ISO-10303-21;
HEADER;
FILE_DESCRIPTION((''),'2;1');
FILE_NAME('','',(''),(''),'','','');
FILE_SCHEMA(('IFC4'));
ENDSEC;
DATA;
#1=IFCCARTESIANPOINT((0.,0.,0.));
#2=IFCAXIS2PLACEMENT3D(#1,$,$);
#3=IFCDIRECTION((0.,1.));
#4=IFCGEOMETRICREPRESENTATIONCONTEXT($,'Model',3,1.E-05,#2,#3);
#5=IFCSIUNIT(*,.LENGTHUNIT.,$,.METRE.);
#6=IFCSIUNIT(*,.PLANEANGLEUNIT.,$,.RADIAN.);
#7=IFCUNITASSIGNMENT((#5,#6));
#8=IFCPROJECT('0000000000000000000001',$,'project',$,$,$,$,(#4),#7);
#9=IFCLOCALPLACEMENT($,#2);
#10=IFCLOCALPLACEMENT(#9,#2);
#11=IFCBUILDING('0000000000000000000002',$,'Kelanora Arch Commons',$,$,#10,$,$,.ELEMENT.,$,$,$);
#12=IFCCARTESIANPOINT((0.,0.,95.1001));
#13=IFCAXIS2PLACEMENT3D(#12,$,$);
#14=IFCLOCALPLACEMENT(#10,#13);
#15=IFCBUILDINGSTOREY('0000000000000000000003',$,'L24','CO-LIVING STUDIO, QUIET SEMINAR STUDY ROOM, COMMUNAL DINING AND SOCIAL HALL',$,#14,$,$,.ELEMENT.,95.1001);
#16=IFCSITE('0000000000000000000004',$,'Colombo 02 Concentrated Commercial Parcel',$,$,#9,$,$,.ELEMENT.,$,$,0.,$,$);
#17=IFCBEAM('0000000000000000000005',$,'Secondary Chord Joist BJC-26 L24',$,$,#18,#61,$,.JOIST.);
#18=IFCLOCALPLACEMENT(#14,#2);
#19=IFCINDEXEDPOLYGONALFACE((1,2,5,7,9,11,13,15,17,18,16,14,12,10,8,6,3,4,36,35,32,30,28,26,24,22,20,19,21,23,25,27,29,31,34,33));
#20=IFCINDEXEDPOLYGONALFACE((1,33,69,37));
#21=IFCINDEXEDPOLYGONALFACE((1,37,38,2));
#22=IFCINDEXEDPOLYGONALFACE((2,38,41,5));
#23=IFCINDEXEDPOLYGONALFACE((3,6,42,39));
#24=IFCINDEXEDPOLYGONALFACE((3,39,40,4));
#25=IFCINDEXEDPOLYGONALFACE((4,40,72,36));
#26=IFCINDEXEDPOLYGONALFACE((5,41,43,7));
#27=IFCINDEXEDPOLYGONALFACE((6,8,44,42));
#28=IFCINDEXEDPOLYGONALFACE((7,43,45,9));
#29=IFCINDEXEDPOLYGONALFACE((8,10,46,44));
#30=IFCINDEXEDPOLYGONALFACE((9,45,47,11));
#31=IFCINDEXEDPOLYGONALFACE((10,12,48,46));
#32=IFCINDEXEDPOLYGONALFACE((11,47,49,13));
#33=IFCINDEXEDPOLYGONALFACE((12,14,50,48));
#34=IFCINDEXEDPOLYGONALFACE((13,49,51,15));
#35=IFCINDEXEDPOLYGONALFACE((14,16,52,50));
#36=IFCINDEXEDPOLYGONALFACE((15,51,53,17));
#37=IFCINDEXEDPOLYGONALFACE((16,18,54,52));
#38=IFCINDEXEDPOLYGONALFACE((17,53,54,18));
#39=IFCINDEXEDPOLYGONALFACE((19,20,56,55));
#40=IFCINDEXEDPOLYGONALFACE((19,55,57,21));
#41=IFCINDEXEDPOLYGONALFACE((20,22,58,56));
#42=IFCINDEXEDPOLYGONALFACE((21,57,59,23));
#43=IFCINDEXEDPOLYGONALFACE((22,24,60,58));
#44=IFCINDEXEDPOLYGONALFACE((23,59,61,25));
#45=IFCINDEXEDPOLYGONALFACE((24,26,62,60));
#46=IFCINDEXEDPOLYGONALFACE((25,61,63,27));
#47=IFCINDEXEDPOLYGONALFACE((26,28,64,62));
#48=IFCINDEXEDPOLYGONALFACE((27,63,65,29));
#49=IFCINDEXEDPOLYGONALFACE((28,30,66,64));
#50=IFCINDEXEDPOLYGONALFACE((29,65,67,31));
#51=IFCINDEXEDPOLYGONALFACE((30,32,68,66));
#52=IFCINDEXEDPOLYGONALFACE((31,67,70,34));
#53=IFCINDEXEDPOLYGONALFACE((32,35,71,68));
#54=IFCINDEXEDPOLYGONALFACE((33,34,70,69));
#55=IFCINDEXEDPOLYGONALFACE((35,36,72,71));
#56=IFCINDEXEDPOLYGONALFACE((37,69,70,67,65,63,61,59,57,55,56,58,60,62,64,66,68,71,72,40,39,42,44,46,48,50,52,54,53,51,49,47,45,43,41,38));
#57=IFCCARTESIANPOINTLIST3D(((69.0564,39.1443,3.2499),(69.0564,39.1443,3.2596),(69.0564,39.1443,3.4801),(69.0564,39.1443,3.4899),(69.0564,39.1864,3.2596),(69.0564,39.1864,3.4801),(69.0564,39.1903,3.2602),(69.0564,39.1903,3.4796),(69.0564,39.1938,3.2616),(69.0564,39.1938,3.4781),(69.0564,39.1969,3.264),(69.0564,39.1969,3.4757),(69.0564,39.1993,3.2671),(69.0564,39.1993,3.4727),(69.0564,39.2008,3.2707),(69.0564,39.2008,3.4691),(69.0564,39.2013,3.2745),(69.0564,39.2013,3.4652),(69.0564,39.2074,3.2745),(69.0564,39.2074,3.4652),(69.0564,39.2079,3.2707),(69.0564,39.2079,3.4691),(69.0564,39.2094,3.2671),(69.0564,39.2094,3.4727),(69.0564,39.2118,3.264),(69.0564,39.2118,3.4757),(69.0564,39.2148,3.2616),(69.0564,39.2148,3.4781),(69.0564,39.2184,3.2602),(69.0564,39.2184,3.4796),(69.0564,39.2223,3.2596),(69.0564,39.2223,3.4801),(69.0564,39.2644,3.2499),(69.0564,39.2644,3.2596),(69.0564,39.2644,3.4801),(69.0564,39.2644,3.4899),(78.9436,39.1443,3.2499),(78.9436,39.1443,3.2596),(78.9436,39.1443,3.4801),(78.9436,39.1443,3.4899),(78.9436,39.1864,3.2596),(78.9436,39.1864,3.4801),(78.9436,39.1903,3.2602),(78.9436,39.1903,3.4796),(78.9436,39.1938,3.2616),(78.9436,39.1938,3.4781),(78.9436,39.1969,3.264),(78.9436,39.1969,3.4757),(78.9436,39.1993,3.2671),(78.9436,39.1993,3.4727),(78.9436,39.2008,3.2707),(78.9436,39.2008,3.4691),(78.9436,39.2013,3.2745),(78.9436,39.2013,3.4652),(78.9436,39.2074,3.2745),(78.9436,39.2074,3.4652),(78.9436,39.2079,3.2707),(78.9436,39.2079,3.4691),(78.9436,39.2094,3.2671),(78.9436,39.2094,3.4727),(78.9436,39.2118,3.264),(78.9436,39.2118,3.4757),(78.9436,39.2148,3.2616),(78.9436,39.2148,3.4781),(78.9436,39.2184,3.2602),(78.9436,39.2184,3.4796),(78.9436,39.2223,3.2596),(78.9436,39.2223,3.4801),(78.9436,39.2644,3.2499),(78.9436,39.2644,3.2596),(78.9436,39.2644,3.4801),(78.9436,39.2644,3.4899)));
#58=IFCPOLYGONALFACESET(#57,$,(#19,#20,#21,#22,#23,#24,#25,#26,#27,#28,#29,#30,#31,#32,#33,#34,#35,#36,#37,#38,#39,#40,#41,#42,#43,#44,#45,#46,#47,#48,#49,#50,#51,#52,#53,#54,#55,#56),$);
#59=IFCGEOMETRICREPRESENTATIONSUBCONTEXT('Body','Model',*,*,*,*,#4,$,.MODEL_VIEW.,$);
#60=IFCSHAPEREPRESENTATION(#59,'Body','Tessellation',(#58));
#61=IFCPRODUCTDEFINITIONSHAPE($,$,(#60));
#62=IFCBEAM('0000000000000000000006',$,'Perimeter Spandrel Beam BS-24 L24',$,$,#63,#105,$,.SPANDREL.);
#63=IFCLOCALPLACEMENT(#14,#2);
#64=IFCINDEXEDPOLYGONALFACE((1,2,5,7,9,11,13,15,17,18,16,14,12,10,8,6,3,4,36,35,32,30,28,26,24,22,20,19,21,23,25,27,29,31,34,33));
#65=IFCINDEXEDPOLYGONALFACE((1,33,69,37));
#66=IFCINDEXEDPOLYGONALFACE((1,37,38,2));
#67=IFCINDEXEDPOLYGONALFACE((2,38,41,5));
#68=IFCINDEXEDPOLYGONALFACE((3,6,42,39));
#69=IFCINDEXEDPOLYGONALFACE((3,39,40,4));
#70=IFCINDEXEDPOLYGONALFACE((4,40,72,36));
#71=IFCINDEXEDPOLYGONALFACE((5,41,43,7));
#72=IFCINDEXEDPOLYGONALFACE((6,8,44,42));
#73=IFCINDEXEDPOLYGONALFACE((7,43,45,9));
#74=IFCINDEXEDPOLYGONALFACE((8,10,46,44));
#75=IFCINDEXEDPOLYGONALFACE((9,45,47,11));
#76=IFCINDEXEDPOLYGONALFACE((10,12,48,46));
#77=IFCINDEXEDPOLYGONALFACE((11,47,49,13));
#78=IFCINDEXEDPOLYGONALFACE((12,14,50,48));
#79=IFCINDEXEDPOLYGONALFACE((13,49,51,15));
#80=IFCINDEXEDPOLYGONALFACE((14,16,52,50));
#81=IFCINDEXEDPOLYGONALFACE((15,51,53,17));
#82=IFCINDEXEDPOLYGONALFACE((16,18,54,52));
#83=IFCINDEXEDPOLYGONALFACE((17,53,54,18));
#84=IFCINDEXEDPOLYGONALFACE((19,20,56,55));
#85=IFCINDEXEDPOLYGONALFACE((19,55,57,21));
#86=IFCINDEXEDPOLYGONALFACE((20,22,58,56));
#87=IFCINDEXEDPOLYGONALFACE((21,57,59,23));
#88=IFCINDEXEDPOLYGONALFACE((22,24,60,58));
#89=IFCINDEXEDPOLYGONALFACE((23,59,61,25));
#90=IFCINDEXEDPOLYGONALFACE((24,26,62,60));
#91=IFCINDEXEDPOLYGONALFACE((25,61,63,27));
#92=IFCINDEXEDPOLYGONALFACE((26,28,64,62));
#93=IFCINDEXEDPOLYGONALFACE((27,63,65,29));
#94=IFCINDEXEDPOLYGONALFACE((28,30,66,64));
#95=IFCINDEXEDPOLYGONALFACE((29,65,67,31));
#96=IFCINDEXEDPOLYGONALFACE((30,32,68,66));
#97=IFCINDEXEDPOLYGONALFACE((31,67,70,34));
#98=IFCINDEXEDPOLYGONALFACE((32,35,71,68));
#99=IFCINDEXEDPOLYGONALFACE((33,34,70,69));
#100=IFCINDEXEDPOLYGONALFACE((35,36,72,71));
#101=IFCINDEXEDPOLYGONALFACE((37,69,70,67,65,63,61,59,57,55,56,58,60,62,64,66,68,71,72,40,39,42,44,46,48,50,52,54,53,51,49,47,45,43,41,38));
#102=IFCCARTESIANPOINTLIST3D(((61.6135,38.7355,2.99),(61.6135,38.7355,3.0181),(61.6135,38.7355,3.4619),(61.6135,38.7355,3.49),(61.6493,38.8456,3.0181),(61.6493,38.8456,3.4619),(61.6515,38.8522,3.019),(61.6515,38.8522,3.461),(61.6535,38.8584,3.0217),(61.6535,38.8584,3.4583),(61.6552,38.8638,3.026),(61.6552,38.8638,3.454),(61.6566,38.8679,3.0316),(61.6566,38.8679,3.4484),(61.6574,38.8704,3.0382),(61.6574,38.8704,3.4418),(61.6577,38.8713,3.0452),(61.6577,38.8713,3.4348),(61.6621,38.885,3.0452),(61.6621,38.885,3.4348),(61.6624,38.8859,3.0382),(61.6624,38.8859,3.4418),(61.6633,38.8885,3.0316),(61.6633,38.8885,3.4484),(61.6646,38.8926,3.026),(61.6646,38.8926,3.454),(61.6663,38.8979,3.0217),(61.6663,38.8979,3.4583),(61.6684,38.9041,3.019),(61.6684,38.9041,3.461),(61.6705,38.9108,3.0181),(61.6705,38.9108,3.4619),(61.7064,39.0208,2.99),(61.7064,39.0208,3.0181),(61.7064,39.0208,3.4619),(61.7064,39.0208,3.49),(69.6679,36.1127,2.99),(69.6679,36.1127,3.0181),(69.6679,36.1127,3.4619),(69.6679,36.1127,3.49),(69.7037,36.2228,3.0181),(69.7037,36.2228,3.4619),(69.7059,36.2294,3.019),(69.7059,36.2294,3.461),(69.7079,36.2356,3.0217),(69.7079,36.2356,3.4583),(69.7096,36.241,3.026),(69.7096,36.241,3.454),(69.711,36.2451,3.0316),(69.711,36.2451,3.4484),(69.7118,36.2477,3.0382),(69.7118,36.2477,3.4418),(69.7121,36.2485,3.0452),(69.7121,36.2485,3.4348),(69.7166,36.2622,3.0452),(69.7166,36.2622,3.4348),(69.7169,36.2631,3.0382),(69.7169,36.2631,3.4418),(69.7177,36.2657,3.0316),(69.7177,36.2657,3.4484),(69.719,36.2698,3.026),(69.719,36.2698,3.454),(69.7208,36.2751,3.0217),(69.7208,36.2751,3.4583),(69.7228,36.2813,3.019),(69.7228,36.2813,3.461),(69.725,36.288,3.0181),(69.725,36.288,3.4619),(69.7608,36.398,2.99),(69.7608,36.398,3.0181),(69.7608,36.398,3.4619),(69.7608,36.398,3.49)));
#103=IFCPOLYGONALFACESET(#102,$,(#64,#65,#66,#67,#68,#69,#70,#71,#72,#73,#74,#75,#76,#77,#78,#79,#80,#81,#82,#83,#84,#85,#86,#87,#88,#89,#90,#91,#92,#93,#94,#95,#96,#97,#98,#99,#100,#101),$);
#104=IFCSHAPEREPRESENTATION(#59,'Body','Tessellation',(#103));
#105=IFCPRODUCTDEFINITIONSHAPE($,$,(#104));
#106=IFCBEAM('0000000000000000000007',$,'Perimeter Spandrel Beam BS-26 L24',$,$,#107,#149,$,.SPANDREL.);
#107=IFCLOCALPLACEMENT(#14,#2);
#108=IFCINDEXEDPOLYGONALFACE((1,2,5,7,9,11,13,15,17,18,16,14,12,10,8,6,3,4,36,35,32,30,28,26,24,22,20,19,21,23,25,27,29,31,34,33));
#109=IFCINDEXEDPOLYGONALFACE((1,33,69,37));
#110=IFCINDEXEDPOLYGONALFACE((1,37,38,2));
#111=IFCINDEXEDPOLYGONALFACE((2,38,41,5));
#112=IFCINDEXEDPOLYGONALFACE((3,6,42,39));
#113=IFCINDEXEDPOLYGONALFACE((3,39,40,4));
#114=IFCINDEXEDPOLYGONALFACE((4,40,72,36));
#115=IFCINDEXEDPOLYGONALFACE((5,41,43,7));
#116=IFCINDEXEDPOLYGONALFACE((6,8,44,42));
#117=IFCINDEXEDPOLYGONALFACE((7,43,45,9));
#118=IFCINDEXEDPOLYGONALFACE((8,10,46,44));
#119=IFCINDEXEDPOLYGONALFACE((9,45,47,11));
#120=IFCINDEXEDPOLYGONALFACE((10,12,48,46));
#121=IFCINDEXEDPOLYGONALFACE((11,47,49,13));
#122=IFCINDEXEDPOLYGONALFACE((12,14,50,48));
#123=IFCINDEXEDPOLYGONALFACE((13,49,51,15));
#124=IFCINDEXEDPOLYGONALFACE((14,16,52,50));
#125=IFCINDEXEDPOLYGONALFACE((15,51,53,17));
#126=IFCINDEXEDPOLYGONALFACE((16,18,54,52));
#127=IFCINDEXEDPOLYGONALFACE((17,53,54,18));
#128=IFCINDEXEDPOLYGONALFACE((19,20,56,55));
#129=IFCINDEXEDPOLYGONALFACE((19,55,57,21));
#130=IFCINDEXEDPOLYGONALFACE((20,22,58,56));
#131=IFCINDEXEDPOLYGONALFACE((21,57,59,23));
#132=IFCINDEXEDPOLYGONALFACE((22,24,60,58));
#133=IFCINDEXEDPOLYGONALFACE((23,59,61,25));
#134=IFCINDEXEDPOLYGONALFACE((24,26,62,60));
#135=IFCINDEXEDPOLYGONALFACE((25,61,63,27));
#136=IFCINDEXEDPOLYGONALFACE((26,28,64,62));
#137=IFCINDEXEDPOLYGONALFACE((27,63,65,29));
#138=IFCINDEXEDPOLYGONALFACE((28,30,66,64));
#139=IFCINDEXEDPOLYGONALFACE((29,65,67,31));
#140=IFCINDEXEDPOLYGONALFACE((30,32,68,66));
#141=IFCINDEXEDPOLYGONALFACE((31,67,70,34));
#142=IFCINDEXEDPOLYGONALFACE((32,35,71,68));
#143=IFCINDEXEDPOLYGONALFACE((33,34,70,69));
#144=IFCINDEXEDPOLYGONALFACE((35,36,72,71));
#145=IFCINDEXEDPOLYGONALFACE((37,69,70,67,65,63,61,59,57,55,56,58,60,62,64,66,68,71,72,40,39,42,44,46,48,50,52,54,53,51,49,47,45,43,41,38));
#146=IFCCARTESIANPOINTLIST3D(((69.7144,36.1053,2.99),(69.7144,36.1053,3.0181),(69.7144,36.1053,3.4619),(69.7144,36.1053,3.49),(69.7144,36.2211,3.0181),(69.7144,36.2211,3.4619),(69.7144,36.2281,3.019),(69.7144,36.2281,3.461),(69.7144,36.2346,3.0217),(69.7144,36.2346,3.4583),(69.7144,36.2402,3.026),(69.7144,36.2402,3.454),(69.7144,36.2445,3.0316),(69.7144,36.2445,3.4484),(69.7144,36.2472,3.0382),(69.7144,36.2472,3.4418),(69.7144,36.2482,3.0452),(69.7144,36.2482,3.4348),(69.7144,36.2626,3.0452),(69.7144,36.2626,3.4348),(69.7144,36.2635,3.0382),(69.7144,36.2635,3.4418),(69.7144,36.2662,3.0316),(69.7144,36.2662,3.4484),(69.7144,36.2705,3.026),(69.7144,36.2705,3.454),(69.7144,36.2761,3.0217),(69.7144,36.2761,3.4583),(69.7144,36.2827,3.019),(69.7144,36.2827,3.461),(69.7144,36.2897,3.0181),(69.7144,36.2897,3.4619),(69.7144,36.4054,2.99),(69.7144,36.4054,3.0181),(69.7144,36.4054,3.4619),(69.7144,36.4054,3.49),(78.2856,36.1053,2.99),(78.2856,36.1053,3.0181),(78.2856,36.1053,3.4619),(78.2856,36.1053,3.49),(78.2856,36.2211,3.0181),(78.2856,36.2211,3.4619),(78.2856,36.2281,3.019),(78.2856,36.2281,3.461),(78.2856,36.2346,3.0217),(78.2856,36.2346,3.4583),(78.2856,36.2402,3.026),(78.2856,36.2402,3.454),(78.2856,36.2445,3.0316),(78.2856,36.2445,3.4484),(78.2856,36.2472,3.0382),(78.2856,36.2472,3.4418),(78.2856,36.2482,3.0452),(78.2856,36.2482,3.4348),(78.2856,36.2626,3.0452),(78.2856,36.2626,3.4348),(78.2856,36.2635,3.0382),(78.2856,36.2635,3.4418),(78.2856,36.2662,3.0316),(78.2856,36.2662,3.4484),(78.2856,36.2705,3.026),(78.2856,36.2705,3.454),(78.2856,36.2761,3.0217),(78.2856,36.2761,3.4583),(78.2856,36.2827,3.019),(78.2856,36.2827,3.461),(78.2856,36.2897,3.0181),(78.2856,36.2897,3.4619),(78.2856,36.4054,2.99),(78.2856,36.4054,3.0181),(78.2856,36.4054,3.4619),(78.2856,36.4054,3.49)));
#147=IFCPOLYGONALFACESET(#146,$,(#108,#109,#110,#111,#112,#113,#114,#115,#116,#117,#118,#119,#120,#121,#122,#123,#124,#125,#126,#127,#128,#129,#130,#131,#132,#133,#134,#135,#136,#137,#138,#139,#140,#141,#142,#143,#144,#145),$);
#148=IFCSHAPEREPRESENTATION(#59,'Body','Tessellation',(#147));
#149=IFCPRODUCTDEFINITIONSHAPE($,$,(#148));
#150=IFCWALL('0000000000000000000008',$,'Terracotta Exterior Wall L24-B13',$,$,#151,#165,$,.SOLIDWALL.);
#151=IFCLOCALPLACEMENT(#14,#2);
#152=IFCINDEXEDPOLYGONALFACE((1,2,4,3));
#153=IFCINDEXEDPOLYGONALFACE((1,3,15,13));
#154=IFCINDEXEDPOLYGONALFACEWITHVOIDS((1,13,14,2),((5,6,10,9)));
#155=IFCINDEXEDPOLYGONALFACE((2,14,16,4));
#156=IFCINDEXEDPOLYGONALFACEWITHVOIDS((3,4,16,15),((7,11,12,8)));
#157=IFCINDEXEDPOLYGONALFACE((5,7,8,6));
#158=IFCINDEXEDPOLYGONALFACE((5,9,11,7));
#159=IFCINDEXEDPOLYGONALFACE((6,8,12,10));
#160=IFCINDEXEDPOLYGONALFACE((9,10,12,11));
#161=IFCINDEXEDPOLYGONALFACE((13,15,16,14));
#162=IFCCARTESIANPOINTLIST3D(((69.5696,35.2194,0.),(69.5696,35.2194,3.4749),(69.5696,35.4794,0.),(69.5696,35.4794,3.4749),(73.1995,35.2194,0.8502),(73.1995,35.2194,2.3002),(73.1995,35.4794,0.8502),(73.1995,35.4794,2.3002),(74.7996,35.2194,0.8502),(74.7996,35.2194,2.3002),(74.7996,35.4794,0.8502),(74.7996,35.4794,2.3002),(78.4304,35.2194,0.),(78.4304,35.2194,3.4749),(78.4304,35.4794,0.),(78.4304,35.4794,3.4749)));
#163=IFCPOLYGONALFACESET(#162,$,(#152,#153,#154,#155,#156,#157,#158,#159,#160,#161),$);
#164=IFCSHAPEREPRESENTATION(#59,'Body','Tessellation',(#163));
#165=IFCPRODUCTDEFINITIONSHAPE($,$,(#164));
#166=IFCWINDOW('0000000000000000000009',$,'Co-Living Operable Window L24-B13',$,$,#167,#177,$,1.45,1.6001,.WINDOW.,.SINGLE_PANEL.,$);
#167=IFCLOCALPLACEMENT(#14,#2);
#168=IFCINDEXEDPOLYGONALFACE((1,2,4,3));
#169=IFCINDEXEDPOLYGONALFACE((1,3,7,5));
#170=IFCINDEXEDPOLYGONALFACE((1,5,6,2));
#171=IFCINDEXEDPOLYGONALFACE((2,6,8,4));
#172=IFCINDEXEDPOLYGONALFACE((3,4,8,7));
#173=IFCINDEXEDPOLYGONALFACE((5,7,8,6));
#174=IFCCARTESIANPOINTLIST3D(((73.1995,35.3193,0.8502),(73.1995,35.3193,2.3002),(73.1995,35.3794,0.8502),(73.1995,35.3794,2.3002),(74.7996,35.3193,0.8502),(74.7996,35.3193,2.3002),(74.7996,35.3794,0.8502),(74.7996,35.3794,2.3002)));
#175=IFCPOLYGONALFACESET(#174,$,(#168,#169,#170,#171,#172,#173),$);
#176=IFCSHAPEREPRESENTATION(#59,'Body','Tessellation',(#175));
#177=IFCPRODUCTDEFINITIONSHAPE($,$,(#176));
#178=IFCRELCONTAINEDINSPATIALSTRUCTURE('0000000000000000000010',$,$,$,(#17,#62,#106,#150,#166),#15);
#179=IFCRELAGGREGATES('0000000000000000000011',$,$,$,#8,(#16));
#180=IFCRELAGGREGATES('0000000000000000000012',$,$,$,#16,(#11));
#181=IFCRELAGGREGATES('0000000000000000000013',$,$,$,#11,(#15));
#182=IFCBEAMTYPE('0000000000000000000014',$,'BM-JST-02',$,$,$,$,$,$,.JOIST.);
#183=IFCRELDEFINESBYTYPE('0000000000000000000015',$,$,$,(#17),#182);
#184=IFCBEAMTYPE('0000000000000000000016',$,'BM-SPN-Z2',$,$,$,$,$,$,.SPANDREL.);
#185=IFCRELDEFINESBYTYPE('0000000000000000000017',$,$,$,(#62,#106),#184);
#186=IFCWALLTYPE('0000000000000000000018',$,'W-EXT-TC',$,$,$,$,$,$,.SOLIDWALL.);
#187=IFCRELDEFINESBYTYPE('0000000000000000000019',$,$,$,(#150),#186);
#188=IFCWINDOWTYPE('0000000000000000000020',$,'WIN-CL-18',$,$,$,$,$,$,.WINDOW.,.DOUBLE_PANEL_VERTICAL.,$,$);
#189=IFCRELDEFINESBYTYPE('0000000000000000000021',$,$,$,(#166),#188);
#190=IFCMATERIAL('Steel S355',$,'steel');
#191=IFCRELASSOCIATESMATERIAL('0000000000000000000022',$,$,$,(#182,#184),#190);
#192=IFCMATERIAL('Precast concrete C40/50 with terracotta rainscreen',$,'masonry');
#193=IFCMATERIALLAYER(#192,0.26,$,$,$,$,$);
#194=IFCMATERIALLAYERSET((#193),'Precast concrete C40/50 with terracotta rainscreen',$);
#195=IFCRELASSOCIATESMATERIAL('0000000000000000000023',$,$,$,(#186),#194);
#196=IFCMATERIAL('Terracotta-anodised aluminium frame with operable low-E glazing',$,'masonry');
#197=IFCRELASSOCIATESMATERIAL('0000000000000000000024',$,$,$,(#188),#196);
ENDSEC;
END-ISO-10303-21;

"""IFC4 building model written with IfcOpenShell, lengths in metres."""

from ifc_helpers import new_model, si_unit, direction, frame, frame_2d, origin, origin_2d, place, context, subcontext, project, spatial, rectangle, i_section, extrude, material, layer, layer_set, material_profile, profile_set, type_object, element, fill, save


model = new_model("IFC4")

# Units and contexts
model_context = context("Model", 3, precision=1e-05, world=origin(), true_north=direction((0.0, 1.0)))
body_context = subcontext(model_context, "Body", "Model", "MODEL_VIEW")
ifc_project = project(units=[si_unit("LENGTHUNIT", "METRE"), si_unit("PLANEANGLEUNIT", "RADIAN")], contexts=[model_context])

# Site, building, storey
site_placement = place(None, origin())
site = spatial("IfcSite", under=ifc_project, at=site_placement, Name="Colombo 02 Concentrated Commercial Parcel", CompositionType="ELEMENT", RefElevation=0.0)
building_placement = place(site_placement, origin())
building = spatial("IfcBuilding", under=site, at=building_placement, Name="Kelanora Arch Commons", CompositionType="ELEMENT")
storey_placement = place(building_placement, frame((0.0, 0.0, 95.1001)))
storey = spatial("IfcBuildingStorey", under=building, at=storey_placement, Name="L24", Description="CO-LIVING STUDIO, QUIET SEMINAR STUDY ROOM, COMMUNAL DINING AND SOCIAL HALL", CompositionType="ELEMENT", Elevation=95.1001)

# Beams
ifc_material_1 = material(Name="Steel S355", Category="steel")
ifc_material_profile_1 = material_profile(ifc_material_1, i_section(OverallWidth=0.1201, OverallDepth=0.24, WebThickness=0.0061, FlangeThickness=0.0098, FilletRadius=0.0149, at=origin_2d()), Name="IPE240")
ifc_profile_set_1 = profile_set([ifc_material_profile_1], Name="Steel S355")
beam_type_1 = type_object("IfcBeamType", Name="BM-JST-02", PredefinedType="JOIST", material=ifc_profile_set_1)
beam_1_placement = place(storey_placement, frame((69.0564, 39.2043, 3.3699), z_axis=(1.0, 0.0, 0.0), x_axis=(0.0, 1.0, 0.0)))
element("IfcBeam", 1, at=beam_1_placement, inside=storey, type_object=beam_type_1, Name="Secondary Chord Joist BJC-26 L24", PredefinedType="JOIST", context=body_context, shape_type="SweptSolid", body=[
    extrude(i_section(OverallWidth=0.1201, OverallDepth=0.24, WebThickness=0.0061, FlangeThickness=0.0098, FilletRadius=0.0149, at=origin_2d()), origin(), (0.0, 0.0, 1.0), 9.8872),
])
ifc_material_profile_2 = material_profile(ifc_material_1, i_section(OverallWidth=0.3, OverallDepth=0.5, WebThickness=0.0144, FlangeThickness=0.0281, FilletRadius=0.0271, at=origin_2d()), Name="HEB500")
ifc_profile_set_2 = profile_set([ifc_material_profile_2], Name="Steel S355")
beam_type_2 = type_object("IfcBeamType", Name="BM-SPN-Z2", PredefinedType="SPANDREL", material=ifc_profile_set_2)
beam_2_placement = place(storey_placement, frame((61.6599, 38.8782, 3.24), z_axis=(0.950857, -0.309631, 0.0), x_axis=(0.309631, 0.950857, 0.0)))
element("IfcBeam", 2, at=beam_2_placement, inside=storey, type_object=beam_type_2, Name="Perimeter Spandrel Beam BS-24 L24", PredefinedType="SPANDREL", context=body_context, shape_type="SweptSolid", body=[
    extrude(i_section(OverallWidth=0.3, OverallDepth=0.5, WebThickness=0.0144, FlangeThickness=0.0281, FilletRadius=0.0271, at=origin_2d()), origin(), (0.0, 0.0, 1.0), 8.4707),
])
beam_3_placement = place(storey_placement, frame((69.7144, 36.2554, 3.24), z_axis=(1.0, 0.0, 0.0), x_axis=(0.0, 1.0, 0.0)))
element("IfcBeam", 3, at=beam_3_placement, inside=storey, type_object=beam_type_2, Name="Perimeter Spandrel Beam BS-26 L24", PredefinedType="SPANDREL", context=body_context, shape_type="SweptSolid", body=[
    extrude(i_section(OverallWidth=0.3, OverallDepth=0.5, WebThickness=0.0144, FlangeThickness=0.0281, FilletRadius=0.0271, at=origin_2d()), origin(), (0.0, 0.0, 1.0), 8.5713),
])

# Wall, opening, window
ifc_material_2 = material(Name="Precast concrete C40/50 with terracotta rainscreen", Category="masonry")
ifc_layer_1 = layer(ifc_material_2, 0.26)
ifc_layer_set_1 = layer_set([ifc_layer_1], Name="Precast concrete C40/50 with terracotta rainscreen")
wall_type_1 = type_object("IfcWallType", Name="W-EXT-TC", PredefinedType="SOLIDWALL", material=ifc_layer_set_1)
wall_1_placement = place(storey_placement, frame((69.5696, 35.3494, 0.0), z_axis=(0.0, 0.0, 1.0), x_axis=(1.0, 0.0, 0.0)))
wall_1 = element("IfcWall", 4, at=wall_1_placement, inside=storey, type_object=wall_type_1, Name="Terracotta Exterior Wall L24-B13", PredefinedType="SOLIDWALL", context=body_context, shape_type="SweptSolid", body=[
    extrude(rectangle(XDim=8.8608, YDim=0.26, at=frame_2d((4.4304, 0.0))), origin(), (0.0, 0.0, 1.0), 3.4749),
])
opening_1_placement = place(wall_1_placement, frame((3.6299, 0.0, 0.8501)))
opening_1 = element("IfcOpeningElement", 5, at=opening_1_placement, cuts=wall_1, PredefinedType="OPENING", context=body_context, shape_type="SweptSolid", body=[
    extrude(rectangle(XDim=1.6001, YDim=1.45, at=frame_2d((0.8, 0.7251))), frame((0.0, 0.1401, 0.0), z_axis=(0.0, -1.0, 0.0), x_axis=(1.0, 0.0, 0.0)), (0.0, 0.0, 1.0), 0.28),
])
ifc_material_3 = material(Name="Terracotta-anodised aluminium frame with operable low-E glazing", Category="masonry")
window_type = type_object("IfcWindowType", Name="WIN-CL-18", PartitioningType="DOUBLE_PANEL_VERTICAL", PredefinedType="WINDOW", material=ifc_material_3)
window_placement = place(opening_1_placement, origin())
window = element("IfcWindow", 6, at=window_placement, inside=storey, type_object=window_type, Name="Co-Living Operable Window L24-B13", OverallHeight=1.45, OverallWidth=1.6001, PartitioningType="SINGLE_PANEL", PredefinedType="WINDOW", context=body_context, shape_type="SweptSolid", body=[
    extrude(rectangle(XDim=1.6001, YDim=1.45, at=frame_2d((0.8, 0.7251))), frame((0.0, 0.03, 0.0), z_axis=(0.0, -1.0, 0.0), x_axis=(1.0, 0.0, 0.0)), (0.0, 0.0, 1.0), 0.0601),
])
fill(opening_1, window)

save(model, "model.ifc")
